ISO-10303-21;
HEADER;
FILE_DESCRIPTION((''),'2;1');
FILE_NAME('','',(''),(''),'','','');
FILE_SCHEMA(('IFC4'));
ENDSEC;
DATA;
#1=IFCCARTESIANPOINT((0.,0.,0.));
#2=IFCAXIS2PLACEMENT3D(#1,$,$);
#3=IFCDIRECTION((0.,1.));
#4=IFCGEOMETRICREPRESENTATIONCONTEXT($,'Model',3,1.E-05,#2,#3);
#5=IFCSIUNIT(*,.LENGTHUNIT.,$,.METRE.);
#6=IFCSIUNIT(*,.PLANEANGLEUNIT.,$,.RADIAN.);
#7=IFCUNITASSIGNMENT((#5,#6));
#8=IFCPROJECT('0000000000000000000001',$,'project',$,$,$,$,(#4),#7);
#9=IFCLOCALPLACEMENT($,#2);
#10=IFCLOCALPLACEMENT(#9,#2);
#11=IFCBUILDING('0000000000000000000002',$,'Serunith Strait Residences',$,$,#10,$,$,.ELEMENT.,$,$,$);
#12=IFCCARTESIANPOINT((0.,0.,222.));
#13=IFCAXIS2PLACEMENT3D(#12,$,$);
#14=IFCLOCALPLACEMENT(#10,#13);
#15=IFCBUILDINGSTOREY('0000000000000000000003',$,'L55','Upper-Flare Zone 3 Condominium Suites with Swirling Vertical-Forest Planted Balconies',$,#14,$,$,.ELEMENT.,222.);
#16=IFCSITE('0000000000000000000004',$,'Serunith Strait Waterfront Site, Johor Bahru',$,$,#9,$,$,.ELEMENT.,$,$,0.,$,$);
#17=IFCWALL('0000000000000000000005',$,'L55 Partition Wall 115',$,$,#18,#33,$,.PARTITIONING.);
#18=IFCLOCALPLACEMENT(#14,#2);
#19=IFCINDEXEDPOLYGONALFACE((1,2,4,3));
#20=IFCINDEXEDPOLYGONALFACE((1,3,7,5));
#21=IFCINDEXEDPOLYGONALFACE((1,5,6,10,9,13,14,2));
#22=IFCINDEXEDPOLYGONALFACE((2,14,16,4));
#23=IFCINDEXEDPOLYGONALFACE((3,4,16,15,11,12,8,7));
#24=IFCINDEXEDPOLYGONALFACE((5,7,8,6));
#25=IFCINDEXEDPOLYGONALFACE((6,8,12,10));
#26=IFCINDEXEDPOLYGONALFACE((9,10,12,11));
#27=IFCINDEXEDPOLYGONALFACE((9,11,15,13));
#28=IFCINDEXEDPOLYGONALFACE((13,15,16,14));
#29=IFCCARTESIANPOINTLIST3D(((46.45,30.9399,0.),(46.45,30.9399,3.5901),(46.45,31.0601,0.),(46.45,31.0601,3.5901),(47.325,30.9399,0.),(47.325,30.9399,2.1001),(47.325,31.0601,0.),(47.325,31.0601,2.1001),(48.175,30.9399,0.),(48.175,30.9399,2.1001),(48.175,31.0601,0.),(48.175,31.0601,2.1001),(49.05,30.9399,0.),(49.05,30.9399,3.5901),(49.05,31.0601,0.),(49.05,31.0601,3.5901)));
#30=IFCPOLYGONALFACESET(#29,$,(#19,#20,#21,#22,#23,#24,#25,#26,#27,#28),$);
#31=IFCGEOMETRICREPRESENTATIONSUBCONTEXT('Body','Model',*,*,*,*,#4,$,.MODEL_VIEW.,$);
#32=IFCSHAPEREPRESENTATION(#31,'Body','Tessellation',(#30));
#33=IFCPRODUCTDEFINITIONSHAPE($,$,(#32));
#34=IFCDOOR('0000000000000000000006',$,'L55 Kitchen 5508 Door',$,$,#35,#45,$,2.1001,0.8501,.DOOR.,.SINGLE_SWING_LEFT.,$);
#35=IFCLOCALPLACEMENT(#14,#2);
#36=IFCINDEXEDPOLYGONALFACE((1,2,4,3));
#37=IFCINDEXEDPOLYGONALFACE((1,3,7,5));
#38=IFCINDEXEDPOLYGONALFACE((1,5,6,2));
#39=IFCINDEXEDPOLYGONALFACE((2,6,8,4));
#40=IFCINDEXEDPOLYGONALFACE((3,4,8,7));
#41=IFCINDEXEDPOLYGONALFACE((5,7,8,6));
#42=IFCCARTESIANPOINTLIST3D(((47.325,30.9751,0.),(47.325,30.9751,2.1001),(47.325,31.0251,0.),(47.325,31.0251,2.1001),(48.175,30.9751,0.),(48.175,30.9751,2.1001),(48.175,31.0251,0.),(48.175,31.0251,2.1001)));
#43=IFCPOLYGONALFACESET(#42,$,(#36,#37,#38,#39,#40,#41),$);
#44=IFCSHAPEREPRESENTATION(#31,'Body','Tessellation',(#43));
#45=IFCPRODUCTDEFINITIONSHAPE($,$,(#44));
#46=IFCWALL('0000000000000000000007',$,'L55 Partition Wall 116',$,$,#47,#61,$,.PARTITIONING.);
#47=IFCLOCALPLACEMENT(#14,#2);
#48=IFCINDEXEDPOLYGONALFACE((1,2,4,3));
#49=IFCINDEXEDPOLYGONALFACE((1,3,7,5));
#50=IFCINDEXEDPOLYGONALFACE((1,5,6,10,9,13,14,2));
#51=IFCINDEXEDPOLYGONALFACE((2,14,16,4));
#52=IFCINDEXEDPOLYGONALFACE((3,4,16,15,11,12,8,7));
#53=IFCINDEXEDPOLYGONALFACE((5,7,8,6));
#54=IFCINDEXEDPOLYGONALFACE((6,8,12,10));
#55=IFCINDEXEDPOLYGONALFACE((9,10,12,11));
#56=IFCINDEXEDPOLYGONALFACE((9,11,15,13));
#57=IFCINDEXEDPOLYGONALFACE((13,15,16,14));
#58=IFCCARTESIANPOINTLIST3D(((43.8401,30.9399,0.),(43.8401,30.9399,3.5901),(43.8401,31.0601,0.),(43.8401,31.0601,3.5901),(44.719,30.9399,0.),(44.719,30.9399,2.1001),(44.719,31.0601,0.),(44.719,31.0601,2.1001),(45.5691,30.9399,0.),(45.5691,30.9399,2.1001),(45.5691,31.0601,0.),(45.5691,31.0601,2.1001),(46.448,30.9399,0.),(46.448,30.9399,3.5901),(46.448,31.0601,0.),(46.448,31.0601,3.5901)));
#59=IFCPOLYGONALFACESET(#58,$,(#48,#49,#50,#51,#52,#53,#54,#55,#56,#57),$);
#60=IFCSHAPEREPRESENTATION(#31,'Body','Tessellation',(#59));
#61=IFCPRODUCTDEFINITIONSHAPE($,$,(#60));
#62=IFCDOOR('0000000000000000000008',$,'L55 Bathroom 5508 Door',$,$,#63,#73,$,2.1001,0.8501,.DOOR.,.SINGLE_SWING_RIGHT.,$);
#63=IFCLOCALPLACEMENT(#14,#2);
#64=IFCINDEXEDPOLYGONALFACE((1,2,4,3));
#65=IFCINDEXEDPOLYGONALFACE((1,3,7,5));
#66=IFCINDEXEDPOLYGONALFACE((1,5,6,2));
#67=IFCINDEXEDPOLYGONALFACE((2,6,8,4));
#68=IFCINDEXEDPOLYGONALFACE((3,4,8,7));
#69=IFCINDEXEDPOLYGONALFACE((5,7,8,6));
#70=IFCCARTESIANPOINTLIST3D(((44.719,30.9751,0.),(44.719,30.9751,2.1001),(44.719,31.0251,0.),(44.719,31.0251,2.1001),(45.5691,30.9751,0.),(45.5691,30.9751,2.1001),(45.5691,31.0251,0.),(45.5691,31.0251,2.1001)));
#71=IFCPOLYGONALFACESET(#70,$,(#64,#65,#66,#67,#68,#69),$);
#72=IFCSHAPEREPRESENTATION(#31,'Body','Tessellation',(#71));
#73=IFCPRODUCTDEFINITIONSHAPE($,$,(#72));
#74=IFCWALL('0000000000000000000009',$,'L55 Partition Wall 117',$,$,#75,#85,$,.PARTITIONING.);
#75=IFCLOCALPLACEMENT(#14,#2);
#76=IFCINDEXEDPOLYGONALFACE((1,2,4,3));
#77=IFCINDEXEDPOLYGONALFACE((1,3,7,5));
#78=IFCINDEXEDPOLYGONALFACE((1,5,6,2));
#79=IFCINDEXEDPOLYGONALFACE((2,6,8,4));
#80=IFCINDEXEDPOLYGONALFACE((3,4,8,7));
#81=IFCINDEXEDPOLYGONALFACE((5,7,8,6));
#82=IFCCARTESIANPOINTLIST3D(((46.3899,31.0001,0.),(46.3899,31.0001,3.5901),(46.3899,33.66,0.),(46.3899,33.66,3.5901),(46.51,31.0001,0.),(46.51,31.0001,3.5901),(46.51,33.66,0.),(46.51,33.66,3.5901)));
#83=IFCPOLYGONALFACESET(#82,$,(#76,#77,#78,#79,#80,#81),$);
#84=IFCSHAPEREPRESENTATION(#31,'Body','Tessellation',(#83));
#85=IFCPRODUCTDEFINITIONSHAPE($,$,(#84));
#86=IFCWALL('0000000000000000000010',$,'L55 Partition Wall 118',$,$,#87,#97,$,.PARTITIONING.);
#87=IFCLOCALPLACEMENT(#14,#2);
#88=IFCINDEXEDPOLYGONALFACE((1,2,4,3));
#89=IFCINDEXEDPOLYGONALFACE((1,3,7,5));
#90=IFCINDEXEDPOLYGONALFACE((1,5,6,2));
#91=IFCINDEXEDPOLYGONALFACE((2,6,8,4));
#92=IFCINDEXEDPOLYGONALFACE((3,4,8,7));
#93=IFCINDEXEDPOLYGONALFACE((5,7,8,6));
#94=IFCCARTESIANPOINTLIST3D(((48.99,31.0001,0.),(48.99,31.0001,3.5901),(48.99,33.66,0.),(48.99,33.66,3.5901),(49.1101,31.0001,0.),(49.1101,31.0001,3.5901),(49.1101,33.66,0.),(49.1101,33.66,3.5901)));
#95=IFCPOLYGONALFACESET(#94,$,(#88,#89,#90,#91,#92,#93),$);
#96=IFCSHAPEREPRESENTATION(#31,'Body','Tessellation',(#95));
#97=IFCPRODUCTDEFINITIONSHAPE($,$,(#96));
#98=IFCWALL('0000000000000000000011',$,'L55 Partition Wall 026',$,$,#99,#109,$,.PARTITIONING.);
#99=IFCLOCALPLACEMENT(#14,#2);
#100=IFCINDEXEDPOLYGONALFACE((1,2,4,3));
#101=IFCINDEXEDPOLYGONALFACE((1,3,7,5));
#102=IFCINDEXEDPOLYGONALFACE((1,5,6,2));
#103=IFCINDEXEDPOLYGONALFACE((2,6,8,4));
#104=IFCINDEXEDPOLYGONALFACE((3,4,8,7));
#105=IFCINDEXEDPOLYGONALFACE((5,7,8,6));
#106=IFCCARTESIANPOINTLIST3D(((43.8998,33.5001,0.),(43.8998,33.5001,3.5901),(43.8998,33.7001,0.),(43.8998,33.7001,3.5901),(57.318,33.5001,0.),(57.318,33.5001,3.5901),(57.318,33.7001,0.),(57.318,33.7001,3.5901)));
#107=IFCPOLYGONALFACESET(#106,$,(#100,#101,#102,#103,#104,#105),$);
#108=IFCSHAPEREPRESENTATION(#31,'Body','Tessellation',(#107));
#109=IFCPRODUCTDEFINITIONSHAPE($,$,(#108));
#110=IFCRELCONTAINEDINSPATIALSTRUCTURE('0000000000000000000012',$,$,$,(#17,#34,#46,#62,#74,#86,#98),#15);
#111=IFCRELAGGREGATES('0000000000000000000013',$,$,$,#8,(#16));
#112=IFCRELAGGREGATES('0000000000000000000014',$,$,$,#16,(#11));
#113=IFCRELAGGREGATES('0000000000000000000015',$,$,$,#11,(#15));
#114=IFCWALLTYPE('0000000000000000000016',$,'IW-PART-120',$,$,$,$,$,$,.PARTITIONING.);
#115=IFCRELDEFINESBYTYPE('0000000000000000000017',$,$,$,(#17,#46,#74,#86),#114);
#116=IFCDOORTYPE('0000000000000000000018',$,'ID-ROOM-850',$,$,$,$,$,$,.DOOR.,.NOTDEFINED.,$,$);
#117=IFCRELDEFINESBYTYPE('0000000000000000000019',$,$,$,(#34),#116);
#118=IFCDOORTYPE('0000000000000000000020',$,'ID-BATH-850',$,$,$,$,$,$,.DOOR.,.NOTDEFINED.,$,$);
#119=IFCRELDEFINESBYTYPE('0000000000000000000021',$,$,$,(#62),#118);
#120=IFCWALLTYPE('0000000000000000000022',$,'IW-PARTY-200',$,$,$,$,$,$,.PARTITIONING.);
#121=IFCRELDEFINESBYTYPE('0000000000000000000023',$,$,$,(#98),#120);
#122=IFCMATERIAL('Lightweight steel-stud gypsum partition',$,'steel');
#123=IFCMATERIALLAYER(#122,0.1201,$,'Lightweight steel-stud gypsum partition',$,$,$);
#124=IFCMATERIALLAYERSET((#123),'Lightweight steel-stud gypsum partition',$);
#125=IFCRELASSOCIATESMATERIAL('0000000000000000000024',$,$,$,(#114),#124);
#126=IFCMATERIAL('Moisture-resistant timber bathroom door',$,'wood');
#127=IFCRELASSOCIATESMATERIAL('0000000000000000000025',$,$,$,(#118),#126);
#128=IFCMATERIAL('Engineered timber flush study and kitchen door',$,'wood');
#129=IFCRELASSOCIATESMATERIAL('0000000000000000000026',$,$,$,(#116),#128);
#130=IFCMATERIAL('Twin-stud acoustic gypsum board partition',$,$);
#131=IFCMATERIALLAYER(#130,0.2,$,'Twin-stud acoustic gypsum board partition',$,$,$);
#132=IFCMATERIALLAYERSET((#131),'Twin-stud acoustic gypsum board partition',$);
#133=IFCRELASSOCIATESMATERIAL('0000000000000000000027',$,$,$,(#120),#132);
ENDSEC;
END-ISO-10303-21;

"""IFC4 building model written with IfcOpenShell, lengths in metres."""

from ifc_helpers import new_model, si_unit, direction, frame, frame_2d, origin, place, context, subcontext, project, spatial, rectangle, extrude, source, transform, mapped, material, layer, layer_set, type_object, element, fill, save


model = new_model("IFC4")

# Units and contexts
model_context = context("Model", 3, precision=1e-05, world=origin(), true_north=direction((0.0, 1.0)))
body_context = subcontext(model_context, "Body", "Model", "MODEL_VIEW")
ifc_project = project(units=[si_unit("LENGTHUNIT", "METRE"), si_unit("PLANEANGLEUNIT", "RADIAN")], contexts=[model_context])

# Site, building, storey
site_placement = place(None, origin())
site = spatial("IfcSite", under=ifc_project, at=site_placement, Name="Serunith Strait Waterfront Site, Johor Bahru", CompositionType="ELEMENT", RefElevation=0.0)
building_placement = place(site_placement, origin())
building = spatial("IfcBuilding", under=site, at=building_placement, Name="Serunith Strait Residences", CompositionType="ELEMENT")
storey_placement = place(building_placement, frame((0.0, 0.0, 222.0)))
storey = spatial("IfcBuildingStorey", under=building, at=storey_placement, Name="L55", Description="Upper-Flare Zone 3 Condominium Suites with Swirling Vertical-Forest Planted Balconies", CompositionType="ELEMENT", Elevation=222.0)

# Shared definitions
ifc_material_1 = material(Name="Lightweight steel-stud gypsum partition", Category="steel")
ifc_layer_1 = layer(ifc_material_1, 0.1201, Name="Lightweight steel-stud gypsum partition")
ifc_layer_set_1 = layer_set([ifc_layer_1], Name="Lightweight steel-stud gypsum partition")
wall_type_1 = type_object("IfcWallType", Name="IW-PART-120", PredefinedType="PARTITIONING", material=ifc_layer_set_1)
ifc_material_2 = material(Name="Moisture-resistant timber bathroom door", Category="wood")
door_type_1 = type_object("IfcDoorType", Name="ID-BATH-850", OperationType="NOTDEFINED", PredefinedType="DOOR", material=ifc_material_2)
shared_shape_1 = source(origin(), body_context, "Body", "SweptSolid", [
    extrude(rectangle(XDim=0.8501, YDim=2.1001, at=frame_2d((0.425, 1.05))), frame((0.0, 0.0249, 0.0), z_axis=(0.0, -1.0, 0.0), x_axis=(1.0, 0.0, 0.0)), (0.0, 0.0, 1.0), 0.05),
])
ifc_material_3 = material(Name="Engineered timber flush study and kitchen door", Category="wood")
door_type_2 = type_object("IfcDoorType", Name="ID-ROOM-850", OperationType="NOTDEFINED", PredefinedType="DOOR", material=ifc_material_3)

# Walls, openings, doors
wall_1_placement = place(storey_placement, frame((49.05, 31.0, 0.0), z_axis=(0.0, 0.0, 1.0), x_axis=(-1.0, 0.0, 0.0)))
wall_1 = element("IfcWall", 1, at=wall_1_placement, inside=storey, type_object=wall_type_1, Name="L55 Partition Wall 115", PredefinedType="PARTITIONING", context=body_context, shape_type="SweptSolid", body=[
    extrude(rectangle(XDim=2.6001, YDim=0.1201, at=frame_2d((1.3, 0.0))), origin(), (0.0, 0.0, 1.0), 3.5901),
])
opening_1_placement = place(wall_1_placement, frame((0.875, 0.0, 0.0)))
opening_1 = element("IfcOpeningElement", 2, at=opening_1_placement, cuts=wall_1, PredefinedType="OPENING", context=body_context, shape_type="SweptSolid", body=[
    extrude(rectangle(XDim=0.8501, YDim=2.1001, at=frame_2d((0.425, 1.05))), frame((0.0, 0.0701, 0.0), z_axis=(0.0, -1.0, 0.0), x_axis=(1.0, 0.0, 0.0)), (0.0, 0.0, 1.0), 0.1401),
])
door_1_placement = place(opening_1_placement, origin())
door_1 = element("IfcDoor", 3, at=door_1_placement, inside=storey, type_object=door_type_2, Name="L55 Kitchen 5508 Door", OperationType="SINGLE_SWING_LEFT", OverallHeight=2.1001, OverallWidth=0.8501, PredefinedType="DOOR", context=body_context, shape_type="MappedRepresentation", body=[
    mapped(shared_shape_1, transform((0.0, 0.0, 0.0), scale=1.0)),
])
fill(opening_1, door_1)
wall_2_placement = place(storey_placement, frame((46.448, 31.0, 0.0), z_axis=(0.0, 0.0, 1.0), x_axis=(-1.0, 0.0, 0.0)))
wall_2 = element("IfcWall", 4, at=wall_2_placement, inside=storey, type_object=wall_type_1, Name="L55 Partition Wall 116", PredefinedType="PARTITIONING", context=body_context, shape_type="SweptSolid", body=[
    extrude(rectangle(XDim=2.6079, YDim=0.1201, at=frame_2d((1.304, 0.0))), origin(), (0.0, 0.0, 1.0), 3.5901),
])
opening_2_placement = place(wall_2_placement, frame((0.8789, 0.0, 0.0)))
opening_2 = element("IfcOpeningElement", 5, at=opening_2_placement, cuts=wall_2, PredefinedType="OPENING", context=body_context, shape_type="SweptSolid", body=[
    extrude(rectangle(XDim=0.8501, YDim=2.1001, at=frame_2d((0.425, 1.05))), frame((0.0, 0.0701, 0.0), z_axis=(0.0, -1.0, 0.0), x_axis=(1.0, 0.0, 0.0)), (0.0, 0.0, 1.0), 0.1401),
])
door_2_placement = place(opening_2_placement, origin())
door_2 = element("IfcDoor", 6, at=door_2_placement, inside=storey, type_object=door_type_1, Name="L55 Bathroom 5508 Door", OperationType="SINGLE_SWING_RIGHT", OverallHeight=2.1001, OverallWidth=0.8501, PredefinedType="DOOR", context=body_context, shape_type="MappedRepresentation", body=[
    mapped(shared_shape_1, transform((0.0, 0.0, 0.0), scale=1.0)),
])
fill(opening_2, door_2)

# Walls
for number, where, z_axis, x_axis, name in (
    (7, (46.45, 31.0, 0.0), (0.0, 0.0, 1.0), (0.0, 1.0, 0.0), "L55 Partition Wall 117"),
    (8, (49.05, 31.0, 0.0), (0.0, 0.0, 1.0), (0.0, 1.0, 0.0), "L55 Partition Wall 118"),
):
    element("IfcWall", number, at=place(storey_placement, frame(where, z_axis=z_axis, x_axis=x_axis)), inside=storey, type_object=wall_type_1, Name=name, PredefinedType="PARTITIONING", context=body_context, shape_type="SweptSolid", body=[
        extrude(rectangle(XDim=2.6599, YDim=0.1201, at=frame_2d((1.3301, 0.0))), origin(), (0.0, 0.0, 1.0), 3.5901),
    ])
ifc_material_4 = material(Name="Twin-stud acoustic gypsum board partition")
ifc_layer_2 = layer(ifc_material_4, 0.2, Name="Twin-stud acoustic gypsum board partition")
ifc_layer_set_2 = layer_set([ifc_layer_2], Name="Twin-stud acoustic gypsum board partition")
wall_type_2 = type_object("IfcWallType", Name="IW-PARTY-200", PredefinedType="PARTITIONING", material=ifc_layer_set_2)
wall_3_placement = place(storey_placement, frame((43.8999, 33.6001, 0.0), z_axis=(0.0, 0.0, 1.0), x_axis=(1.0, 0.0, 0.0)))
element("IfcWall", 9, at=wall_3_placement, inside=storey, type_object=wall_type_2, Name="L55 Partition Wall 026", PredefinedType="PARTITIONING", context=body_context, shape_type="SweptSolid", body=[
    extrude(rectangle(XDim=13.4182, YDim=0.2, at=frame_2d((6.709, 0.0))), origin(), (0.0, 0.0, 1.0), 3.5901),
])

save(model, "model.ifc")
